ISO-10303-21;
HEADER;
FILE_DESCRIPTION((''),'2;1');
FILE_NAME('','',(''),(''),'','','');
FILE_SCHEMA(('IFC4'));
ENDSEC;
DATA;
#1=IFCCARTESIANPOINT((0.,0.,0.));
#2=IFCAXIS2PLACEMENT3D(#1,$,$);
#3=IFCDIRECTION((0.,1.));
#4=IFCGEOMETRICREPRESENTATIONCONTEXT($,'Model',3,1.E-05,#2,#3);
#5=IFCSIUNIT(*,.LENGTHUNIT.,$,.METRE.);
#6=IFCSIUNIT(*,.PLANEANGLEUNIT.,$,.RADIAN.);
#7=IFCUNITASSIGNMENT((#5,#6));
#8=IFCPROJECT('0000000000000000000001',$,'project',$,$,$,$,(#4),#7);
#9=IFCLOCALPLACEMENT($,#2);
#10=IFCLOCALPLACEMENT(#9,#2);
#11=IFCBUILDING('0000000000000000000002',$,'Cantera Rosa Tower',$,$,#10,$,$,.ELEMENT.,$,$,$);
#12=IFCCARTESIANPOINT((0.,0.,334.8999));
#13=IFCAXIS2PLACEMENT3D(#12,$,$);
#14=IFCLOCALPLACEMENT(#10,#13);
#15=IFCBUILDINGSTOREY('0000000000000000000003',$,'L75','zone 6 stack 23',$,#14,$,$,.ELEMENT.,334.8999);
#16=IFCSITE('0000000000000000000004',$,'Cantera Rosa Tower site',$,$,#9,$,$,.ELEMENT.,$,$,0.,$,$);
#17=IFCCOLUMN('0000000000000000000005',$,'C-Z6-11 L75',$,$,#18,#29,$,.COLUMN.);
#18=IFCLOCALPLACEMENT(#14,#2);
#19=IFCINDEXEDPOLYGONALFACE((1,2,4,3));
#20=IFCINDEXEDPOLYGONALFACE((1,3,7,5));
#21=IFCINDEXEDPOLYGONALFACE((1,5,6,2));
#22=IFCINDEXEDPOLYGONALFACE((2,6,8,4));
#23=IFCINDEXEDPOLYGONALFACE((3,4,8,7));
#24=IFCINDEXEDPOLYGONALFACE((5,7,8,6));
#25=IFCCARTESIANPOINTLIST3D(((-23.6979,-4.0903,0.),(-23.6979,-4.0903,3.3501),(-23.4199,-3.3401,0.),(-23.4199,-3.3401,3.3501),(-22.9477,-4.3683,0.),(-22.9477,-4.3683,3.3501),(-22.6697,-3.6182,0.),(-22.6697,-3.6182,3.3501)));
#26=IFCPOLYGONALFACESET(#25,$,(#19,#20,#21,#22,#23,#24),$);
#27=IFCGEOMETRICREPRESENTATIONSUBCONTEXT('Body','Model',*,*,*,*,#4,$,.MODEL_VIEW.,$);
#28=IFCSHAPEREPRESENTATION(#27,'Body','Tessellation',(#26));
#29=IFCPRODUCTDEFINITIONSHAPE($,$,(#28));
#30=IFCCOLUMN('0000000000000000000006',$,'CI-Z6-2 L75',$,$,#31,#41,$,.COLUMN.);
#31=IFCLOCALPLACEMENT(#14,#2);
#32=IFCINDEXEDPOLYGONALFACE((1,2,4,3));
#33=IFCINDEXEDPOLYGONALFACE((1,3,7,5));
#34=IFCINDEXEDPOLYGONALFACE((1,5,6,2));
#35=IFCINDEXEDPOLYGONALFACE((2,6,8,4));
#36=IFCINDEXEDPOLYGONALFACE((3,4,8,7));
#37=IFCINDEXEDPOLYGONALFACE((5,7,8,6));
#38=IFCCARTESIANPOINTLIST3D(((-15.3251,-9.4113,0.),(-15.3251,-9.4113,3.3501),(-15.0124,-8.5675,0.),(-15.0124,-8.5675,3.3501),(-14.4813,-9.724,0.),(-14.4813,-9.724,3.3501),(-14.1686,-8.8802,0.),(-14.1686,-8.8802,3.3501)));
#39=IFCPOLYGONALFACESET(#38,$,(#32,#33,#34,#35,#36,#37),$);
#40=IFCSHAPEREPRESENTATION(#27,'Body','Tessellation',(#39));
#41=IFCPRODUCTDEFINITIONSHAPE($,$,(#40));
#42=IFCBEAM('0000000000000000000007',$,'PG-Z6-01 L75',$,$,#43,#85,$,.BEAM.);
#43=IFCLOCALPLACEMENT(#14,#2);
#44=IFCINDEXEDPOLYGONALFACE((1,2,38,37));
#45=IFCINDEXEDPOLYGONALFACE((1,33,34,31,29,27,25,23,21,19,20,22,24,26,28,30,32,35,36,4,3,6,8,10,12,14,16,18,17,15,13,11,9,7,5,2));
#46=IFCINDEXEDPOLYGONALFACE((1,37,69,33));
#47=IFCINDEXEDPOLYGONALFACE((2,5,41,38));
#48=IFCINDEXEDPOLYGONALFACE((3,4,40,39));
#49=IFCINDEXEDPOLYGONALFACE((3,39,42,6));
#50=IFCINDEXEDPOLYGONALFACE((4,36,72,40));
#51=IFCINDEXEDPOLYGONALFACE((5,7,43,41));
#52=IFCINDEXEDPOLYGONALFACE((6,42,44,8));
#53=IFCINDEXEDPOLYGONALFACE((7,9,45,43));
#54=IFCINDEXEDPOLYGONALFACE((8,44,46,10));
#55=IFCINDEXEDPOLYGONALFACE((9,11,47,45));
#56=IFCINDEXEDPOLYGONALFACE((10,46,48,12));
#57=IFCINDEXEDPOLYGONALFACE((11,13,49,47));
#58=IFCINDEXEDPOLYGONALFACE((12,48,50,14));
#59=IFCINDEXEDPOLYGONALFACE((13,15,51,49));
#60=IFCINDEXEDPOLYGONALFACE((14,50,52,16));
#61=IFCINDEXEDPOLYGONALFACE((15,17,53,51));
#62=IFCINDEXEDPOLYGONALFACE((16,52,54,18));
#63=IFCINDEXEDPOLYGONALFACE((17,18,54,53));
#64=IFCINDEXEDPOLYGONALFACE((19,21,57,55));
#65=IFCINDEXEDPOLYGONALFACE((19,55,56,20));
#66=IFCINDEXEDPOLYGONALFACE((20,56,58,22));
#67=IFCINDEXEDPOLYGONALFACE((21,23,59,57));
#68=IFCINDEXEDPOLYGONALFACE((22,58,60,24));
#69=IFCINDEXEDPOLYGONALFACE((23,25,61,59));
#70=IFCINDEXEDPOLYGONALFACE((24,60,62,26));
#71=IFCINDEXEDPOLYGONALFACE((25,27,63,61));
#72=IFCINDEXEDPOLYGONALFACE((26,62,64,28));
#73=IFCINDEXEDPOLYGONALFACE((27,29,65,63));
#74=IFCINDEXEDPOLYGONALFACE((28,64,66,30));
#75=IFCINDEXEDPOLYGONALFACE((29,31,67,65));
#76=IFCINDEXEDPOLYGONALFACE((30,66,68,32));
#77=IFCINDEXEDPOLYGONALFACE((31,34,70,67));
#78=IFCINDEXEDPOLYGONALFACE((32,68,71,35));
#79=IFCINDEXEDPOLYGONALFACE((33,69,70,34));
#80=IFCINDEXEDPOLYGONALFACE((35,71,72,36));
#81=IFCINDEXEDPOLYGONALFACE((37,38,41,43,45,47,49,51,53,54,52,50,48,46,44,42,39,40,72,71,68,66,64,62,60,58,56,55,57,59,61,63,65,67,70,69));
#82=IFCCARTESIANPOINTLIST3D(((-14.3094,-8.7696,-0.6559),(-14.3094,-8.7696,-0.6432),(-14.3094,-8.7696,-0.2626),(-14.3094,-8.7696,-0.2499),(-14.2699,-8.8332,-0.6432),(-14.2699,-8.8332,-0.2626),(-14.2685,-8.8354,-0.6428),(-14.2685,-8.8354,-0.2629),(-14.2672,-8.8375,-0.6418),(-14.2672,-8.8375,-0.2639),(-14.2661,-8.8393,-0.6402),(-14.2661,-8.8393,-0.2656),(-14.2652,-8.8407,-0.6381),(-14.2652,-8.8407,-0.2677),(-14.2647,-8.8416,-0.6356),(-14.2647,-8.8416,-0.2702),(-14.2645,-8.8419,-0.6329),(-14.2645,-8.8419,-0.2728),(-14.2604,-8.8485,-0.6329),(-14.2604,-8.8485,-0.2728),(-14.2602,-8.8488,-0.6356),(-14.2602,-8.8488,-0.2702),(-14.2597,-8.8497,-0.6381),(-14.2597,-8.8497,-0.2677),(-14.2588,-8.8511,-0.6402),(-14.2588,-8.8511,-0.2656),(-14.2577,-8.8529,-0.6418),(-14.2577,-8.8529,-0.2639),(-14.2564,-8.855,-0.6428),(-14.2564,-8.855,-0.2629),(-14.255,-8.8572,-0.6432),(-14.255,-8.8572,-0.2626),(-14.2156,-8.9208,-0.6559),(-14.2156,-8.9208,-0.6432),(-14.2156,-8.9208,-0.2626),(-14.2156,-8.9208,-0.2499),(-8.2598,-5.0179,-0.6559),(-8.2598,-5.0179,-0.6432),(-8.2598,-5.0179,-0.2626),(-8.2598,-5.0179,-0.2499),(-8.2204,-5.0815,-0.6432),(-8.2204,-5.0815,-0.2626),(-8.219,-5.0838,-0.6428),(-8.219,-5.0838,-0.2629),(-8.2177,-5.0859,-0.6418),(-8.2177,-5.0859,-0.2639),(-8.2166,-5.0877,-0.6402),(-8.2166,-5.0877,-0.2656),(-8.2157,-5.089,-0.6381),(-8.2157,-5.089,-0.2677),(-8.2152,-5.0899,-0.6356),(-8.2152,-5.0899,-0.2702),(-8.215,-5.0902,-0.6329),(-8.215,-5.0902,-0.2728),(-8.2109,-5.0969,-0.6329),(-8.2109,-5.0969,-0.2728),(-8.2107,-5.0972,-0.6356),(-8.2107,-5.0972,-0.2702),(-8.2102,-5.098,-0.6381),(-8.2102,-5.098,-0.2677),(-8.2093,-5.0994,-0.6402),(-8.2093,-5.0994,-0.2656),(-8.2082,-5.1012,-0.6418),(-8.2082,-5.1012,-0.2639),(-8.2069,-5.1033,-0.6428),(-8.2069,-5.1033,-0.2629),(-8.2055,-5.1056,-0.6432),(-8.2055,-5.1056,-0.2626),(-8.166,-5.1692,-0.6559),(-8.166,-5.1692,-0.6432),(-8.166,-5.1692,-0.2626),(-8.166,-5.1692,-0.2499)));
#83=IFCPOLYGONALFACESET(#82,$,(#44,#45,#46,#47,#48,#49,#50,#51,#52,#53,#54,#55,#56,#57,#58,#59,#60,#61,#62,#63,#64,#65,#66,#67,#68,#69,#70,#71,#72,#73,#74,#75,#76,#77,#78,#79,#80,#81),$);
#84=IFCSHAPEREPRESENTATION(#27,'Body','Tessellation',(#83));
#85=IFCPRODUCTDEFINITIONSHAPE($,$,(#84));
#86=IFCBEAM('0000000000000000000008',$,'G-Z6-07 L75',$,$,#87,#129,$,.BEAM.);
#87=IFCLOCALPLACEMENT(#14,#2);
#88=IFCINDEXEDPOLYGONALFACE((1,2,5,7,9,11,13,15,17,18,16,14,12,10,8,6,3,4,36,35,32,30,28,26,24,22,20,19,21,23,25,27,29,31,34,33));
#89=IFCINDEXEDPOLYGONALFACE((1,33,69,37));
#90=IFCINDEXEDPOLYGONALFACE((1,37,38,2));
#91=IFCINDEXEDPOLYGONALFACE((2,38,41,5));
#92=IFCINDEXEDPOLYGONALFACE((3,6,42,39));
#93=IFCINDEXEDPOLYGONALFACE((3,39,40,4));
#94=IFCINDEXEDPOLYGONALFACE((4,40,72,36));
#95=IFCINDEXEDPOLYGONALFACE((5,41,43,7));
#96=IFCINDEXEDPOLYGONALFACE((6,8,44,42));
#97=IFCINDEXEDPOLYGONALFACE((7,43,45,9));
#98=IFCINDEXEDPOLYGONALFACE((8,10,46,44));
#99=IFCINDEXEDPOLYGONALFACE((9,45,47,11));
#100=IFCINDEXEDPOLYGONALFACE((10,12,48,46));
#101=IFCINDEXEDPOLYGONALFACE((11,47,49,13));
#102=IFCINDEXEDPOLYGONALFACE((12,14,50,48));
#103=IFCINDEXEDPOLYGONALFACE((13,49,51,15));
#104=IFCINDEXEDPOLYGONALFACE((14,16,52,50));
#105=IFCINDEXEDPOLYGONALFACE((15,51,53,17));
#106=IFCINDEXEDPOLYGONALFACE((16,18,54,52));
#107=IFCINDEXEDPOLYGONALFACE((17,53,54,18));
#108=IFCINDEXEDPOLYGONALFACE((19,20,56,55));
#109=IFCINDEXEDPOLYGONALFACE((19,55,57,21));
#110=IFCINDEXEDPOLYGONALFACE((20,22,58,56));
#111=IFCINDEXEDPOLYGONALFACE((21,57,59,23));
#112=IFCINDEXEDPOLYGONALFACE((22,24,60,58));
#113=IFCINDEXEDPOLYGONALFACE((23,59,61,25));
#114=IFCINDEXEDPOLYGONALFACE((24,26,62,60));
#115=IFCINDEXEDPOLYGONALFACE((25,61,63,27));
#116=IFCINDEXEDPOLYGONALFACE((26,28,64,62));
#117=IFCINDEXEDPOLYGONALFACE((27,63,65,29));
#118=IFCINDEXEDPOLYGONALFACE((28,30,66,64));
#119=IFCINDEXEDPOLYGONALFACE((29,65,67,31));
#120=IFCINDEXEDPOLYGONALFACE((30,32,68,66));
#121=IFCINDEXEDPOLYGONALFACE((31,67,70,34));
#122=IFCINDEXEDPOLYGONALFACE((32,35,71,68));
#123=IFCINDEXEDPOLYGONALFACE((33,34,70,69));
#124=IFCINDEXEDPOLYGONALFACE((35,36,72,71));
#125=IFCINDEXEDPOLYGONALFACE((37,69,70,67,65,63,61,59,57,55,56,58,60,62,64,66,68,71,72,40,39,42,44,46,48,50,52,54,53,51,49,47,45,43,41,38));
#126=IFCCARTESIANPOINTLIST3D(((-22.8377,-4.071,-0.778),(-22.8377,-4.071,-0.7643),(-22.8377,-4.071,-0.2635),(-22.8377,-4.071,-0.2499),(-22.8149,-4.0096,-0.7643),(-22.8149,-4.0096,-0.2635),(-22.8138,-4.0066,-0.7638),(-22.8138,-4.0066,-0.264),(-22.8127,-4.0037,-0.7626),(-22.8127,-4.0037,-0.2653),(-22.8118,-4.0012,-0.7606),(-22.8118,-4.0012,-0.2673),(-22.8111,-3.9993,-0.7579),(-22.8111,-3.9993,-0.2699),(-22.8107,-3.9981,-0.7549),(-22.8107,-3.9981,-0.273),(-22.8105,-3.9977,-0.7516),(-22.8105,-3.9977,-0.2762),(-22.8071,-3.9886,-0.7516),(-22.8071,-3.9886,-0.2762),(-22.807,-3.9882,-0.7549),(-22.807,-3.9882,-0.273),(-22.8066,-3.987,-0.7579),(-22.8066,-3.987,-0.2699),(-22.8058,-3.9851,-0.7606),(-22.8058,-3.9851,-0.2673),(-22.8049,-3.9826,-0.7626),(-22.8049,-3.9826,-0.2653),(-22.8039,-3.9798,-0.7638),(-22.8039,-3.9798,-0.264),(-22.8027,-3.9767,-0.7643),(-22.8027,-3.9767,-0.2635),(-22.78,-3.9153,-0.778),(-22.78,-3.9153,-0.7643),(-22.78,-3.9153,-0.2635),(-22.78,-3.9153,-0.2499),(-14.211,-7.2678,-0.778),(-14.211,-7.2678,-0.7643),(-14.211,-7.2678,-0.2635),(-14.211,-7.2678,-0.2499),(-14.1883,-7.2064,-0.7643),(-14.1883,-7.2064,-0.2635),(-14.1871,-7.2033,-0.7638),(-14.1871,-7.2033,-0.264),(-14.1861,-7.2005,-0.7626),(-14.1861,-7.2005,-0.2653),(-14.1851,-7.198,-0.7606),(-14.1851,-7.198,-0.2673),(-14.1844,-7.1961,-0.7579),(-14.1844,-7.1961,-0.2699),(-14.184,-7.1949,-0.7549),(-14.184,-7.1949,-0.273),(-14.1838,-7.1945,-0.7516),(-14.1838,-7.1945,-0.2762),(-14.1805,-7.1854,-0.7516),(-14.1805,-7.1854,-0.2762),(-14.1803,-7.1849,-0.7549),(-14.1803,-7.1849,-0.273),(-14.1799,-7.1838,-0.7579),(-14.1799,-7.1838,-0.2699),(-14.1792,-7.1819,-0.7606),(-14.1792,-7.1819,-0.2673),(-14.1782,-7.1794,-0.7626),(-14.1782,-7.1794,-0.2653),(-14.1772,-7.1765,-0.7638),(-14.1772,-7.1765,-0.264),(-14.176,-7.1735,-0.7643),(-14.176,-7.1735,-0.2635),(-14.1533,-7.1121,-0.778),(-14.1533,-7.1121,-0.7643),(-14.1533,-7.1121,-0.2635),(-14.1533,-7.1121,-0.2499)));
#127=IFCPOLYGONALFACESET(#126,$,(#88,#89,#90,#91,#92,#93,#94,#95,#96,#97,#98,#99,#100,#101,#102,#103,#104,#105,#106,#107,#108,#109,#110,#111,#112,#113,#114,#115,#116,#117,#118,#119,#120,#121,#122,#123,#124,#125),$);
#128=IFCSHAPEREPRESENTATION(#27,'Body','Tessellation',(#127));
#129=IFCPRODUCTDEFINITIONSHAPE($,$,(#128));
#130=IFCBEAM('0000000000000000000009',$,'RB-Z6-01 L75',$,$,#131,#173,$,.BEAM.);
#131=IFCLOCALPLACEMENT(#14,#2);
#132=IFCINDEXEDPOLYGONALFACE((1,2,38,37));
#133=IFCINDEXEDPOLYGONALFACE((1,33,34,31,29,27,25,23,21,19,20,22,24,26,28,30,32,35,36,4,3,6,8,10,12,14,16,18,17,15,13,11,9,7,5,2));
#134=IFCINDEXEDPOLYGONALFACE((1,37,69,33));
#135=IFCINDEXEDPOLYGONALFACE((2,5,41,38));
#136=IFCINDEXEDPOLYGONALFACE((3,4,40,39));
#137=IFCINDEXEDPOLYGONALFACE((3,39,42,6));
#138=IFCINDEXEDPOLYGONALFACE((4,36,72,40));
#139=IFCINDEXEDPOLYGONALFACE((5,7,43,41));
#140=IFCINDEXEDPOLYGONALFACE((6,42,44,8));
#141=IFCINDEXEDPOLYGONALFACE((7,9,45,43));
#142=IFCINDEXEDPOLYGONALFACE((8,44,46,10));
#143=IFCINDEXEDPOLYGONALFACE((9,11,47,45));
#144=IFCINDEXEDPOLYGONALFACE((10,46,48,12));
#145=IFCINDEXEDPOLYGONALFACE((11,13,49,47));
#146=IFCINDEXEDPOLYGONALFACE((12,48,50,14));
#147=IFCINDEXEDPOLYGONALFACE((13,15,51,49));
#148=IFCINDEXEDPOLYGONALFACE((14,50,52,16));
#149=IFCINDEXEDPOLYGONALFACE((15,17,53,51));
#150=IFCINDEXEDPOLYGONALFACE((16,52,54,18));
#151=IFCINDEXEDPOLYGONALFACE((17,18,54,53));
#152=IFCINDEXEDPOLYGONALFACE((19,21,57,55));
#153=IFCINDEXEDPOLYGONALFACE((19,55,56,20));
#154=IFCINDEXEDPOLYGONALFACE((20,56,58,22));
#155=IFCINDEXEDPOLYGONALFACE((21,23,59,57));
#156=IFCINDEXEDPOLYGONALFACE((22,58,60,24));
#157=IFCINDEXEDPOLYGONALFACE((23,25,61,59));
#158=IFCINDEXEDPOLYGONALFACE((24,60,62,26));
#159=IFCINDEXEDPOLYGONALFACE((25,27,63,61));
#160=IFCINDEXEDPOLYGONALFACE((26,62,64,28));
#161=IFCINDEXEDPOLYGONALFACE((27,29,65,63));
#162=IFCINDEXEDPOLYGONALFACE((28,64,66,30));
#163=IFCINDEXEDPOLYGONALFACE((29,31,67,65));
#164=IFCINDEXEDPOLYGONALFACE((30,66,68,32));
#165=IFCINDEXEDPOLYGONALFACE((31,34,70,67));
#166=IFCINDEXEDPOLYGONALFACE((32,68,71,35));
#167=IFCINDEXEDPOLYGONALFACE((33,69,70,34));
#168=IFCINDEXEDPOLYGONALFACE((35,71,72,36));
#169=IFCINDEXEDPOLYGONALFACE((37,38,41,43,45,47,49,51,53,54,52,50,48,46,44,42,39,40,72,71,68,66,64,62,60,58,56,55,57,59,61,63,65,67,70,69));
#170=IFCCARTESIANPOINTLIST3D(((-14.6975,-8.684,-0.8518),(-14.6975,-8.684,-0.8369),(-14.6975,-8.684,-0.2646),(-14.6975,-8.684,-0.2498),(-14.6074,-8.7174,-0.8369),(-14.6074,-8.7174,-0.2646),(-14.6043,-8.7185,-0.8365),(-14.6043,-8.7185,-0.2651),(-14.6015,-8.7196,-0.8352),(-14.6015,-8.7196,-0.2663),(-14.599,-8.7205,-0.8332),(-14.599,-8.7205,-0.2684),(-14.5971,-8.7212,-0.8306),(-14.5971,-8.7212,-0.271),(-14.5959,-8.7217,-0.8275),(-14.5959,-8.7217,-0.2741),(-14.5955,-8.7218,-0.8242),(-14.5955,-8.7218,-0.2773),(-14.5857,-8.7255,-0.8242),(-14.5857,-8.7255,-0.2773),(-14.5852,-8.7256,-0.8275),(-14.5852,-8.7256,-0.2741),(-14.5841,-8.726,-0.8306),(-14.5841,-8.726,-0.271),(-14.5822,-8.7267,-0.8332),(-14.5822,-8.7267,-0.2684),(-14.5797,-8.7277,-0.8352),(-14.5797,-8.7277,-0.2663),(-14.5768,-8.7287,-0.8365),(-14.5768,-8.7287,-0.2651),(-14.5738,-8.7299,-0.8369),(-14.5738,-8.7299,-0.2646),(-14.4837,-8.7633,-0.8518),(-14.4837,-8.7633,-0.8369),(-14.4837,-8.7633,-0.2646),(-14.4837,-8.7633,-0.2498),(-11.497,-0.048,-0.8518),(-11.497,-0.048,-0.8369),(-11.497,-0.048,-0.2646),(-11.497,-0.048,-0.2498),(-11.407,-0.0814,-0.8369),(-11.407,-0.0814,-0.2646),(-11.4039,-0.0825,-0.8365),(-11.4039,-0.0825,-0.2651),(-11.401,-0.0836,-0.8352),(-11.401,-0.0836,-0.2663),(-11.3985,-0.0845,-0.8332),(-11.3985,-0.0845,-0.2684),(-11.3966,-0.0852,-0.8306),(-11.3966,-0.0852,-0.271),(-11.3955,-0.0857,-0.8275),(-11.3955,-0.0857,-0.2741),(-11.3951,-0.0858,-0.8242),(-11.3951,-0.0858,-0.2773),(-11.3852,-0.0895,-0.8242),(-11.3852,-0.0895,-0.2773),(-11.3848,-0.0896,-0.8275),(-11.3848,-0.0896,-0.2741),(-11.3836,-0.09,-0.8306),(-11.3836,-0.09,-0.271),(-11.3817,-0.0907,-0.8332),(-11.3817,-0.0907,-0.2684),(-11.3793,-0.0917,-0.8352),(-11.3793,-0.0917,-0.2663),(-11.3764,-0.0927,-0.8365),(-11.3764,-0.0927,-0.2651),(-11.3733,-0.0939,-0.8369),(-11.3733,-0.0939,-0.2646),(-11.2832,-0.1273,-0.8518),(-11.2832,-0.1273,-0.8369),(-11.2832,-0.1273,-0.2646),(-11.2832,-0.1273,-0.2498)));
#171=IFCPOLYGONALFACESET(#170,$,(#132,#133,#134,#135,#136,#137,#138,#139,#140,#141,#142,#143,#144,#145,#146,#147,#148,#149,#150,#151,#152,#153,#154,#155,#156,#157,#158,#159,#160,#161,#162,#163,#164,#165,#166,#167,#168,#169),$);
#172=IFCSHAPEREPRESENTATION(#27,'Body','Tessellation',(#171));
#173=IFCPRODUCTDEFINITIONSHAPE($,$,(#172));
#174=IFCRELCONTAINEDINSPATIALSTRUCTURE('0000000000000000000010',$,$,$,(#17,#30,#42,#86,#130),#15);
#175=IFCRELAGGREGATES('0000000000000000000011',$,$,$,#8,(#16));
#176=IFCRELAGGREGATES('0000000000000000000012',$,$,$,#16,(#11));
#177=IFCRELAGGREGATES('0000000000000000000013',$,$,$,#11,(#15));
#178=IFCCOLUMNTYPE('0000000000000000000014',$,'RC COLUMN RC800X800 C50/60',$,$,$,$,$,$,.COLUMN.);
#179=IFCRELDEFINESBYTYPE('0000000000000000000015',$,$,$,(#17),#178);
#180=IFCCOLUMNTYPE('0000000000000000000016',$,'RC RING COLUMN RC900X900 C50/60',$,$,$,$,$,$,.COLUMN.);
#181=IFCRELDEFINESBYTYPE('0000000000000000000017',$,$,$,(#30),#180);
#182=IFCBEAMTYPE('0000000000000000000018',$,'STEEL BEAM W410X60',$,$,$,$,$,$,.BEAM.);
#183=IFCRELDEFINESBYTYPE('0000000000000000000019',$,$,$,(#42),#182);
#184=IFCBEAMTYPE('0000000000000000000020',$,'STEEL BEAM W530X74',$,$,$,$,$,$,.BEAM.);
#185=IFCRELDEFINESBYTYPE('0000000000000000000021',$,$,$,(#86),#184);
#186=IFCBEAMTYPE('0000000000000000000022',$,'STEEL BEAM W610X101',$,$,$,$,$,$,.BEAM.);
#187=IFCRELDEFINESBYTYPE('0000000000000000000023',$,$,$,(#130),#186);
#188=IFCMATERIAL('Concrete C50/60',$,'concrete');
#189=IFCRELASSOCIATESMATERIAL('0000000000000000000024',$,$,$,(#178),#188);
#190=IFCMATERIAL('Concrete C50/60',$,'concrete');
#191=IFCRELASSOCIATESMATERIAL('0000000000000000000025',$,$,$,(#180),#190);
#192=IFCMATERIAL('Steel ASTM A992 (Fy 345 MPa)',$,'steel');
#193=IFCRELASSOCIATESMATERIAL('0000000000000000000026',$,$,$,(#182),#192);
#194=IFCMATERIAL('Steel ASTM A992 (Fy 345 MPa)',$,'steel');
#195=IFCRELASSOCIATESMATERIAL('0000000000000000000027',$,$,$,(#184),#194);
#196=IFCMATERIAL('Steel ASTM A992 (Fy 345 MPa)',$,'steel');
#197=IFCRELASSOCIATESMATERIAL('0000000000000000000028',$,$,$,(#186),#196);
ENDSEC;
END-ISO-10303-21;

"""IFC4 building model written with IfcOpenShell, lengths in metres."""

from ifc_helpers import new_model, si_unit, direction, frame, origin, origin_2d, place, context, subcontext, project, spatial, rectangle, i_section, extrude, material, material_profile, profile_set, type_object, element, save


model = new_model("IFC4")

# Units and contexts
model_context = context("Model", 3, precision=1e-05, world=origin(), true_north=direction((0.0, 1.0)))
body_context = subcontext(model_context, "Body", "Model", "MODEL_VIEW")
ifc_project = project(units=[si_unit("LENGTHUNIT", "METRE"), si_unit("PLANEANGLEUNIT", "RADIAN")], contexts=[model_context])

# Site, building, storey
site_placement = place(None, origin())
site = spatial("IfcSite", under=ifc_project, at=site_placement, Name="Cantera Rosa Tower site", CompositionType="ELEMENT", RefElevation=0.0)
building_placement = place(site_placement, origin())
building = spatial("IfcBuilding", under=site, at=building_placement, Name="Cantera Rosa Tower", CompositionType="ELEMENT")
storey_placement = place(building_placement, frame((0.0, 0.0, 334.8999)))
storey = spatial("IfcBuildingStorey", under=building, at=storey_placement, Name="L75", Description="zone 6 stack 23", CompositionType="ELEMENT", Elevation=334.8999)

# Columns
ifc_material_1 = material(Name="Concrete C50/60", Category="concrete")
ifc_material_profile_1 = material_profile(ifc_material_1, rectangle(XDim=0.8, YDim=0.8, at=origin_2d()), Name="RC COLUMN RC800X800 C50/60")
ifc_profile_set_1 = profile_set([ifc_material_profile_1], Name="Concrete C50/60")
column_type_1 = type_object("IfcColumnType", Name="RC COLUMN RC800X800 C50/60", PredefinedType="COLUMN", material=ifc_profile_set_1)
column_1_placement = place(storey_placement, frame((-23.1838, -3.8542, 0.0), z_axis=(0.0, 0.0, 1.0), x_axis=(0.347481, 0.937687, 0.0)))
element("IfcColumn", 1, at=column_1_placement, inside=storey, type_object=column_type_1, Name="C-Z6-11 L75", PredefinedType="COLUMN", context=body_context, shape_type="SweptSolid", body=[
    extrude(rectangle(XDim=0.8, YDim=0.8, at=origin_2d()), origin(), (0.0, 0.0, 1.0), 3.3501),
])
ifc_material_2 = material(Name="Concrete C50/60", Category="concrete")
ifc_material_profile_2 = material_profile(ifc_material_2, rectangle(XDim=0.8999, YDim=0.8999, at=origin_2d()), Name="RC RING COLUMN RC900X900 C50/60")
ifc_profile_set_2 = profile_set([ifc_material_profile_2], Name="Concrete C50/60")
column_type_2 = type_object("IfcColumnType", Name="RC RING COLUMN RC900X900 C50/60", PredefinedType="COLUMN", material=ifc_profile_set_2)
column_2_placement = place(storey_placement, frame((-14.7468, -9.1458, 0.0), z_axis=(0.0, 0.0, 1.0), x_axis=(0.347481, 0.937687, 0.0)))
element("IfcColumn", 2, at=column_2_placement, inside=storey, type_object=column_type_2, Name="CI-Z6-2 L75", PredefinedType="COLUMN", context=body_context, shape_type="SweptSolid", body=[
    extrude(rectangle(XDim=0.8999, YDim=0.8999, at=origin_2d()), origin(), (0.0, 0.0, 1.0), 3.3501),
])

# Beams
ifc_material_3 = material(Name="Steel ASTM A992 (Fy 345 MPa)", Category="steel")
ifc_material_profile_3 = material_profile(ifc_material_3, i_section(OverallWidth=0.178, OverallDepth=0.406, WebThickness=0.0078, FlangeThickness=0.0127, FilletRadius=0.0103, at=origin_2d()), Name="W410X60")
ifc_profile_set_3 = profile_set([ifc_material_profile_3], Name="Steel ASTM A992 (Fy 345 MPa)")
beam_type_1 = type_object("IfcBeamType", Name="STEEL BEAM W410X60", PredefinedType="BEAM", material=ifc_profile_set_3)
beam_1_placement = place(storey_placement, frame((-14.2625, -8.8452, -0.4529), z_axis=(0.849841, 0.527039, 0.0), x_axis=(-0.527039, 0.849841, 0.0)))
element("IfcBeam", 3, at=beam_1_placement, inside=storey, type_object=beam_type_1, Name="PG-Z6-01 L75", PredefinedType="BEAM", context=body_context, shape_type="SweptSolid", body=[
    extrude(i_section(OverallWidth=0.178, OverallDepth=0.406, WebThickness=0.0078, FlangeThickness=0.0127, FilletRadius=0.0103, at=origin_2d()), origin(), (0.0, 0.0, 1.0), 7.1184),
])
ifc_material_4 = material(Name="Steel ASTM A992 (Fy 345 MPa)", Category="steel")
ifc_material_profile_4 = material_profile(ifc_material_4, i_section(OverallWidth=0.166, OverallDepth=0.5281, WebThickness=0.0098, FlangeThickness=0.0137, FilletRadius=0.0127, at=origin_2d()), Name="W530X74")
ifc_profile_set_4 = profile_set([ifc_material_profile_4], Name="Steel ASTM A992 (Fy 345 MPa)")
beam_type_2 = type_object("IfcBeamType", Name="STEEL BEAM W530X74", PredefinedType="BEAM", material=ifc_profile_set_4)
beam_2_placement = place(storey_placement, frame((-22.8088, -3.9932, -0.5139), z_axis=(0.937689, -0.347477, 0.0), x_axis=(0.347477, 0.937689, 0.0)))
element("IfcBeam", 4, at=beam_2_placement, inside=storey, type_object=beam_type_2, Name="G-Z6-07 L75", PredefinedType="BEAM", context=body_context, shape_type="SweptSolid", body=[
    extrude(i_section(OverallWidth=0.166, OverallDepth=0.5281, WebThickness=0.0098, FlangeThickness=0.0137, FilletRadius=0.0127, at=origin_2d()), origin(), (0.0, 0.0, 1.0), 9.2),
])
ifc_material_5 = material(Name="Steel ASTM A992 (Fy 345 MPa)", Category="steel")
ifc_material_profile_5 = material_profile(ifc_material_5, i_section(OverallWidth=0.228, OverallDepth=0.6021, WebThickness=0.0105, FlangeThickness=0.0149, FilletRadius=0.0127, at=origin_2d()), Name="W610X101")
ifc_profile_set_5 = profile_set([ifc_material_profile_5], Name="Steel ASTM A992 (Fy 345 MPa)")
beam_type_3 = type_object("IfcBeamType", Name="STEEL BEAM W610X101", PredefinedType="BEAM", material=ifc_profile_set_5)
beam_3_placement = place(storey_placement, frame((-14.5906, -8.7236, -0.5508), z_axis=(0.347498, 0.937681, 0.0), x_axis=(-0.937681, 0.347498, 0.0)))
element("IfcBeam", 5, at=beam_3_placement, inside=storey, type_object=beam_type_3, Name="RB-Z6-01 L75", PredefinedType="BEAM", context=body_context, shape_type="SweptSolid", body=[
    extrude(i_section(OverallWidth=0.228, OverallDepth=0.6021, WebThickness=0.0105, FlangeThickness=0.0149, FilletRadius=0.0127, at=origin_2d()), origin(), (0.0, 0.0, 1.0), 9.21),
])

save(model, "model.ifc")
